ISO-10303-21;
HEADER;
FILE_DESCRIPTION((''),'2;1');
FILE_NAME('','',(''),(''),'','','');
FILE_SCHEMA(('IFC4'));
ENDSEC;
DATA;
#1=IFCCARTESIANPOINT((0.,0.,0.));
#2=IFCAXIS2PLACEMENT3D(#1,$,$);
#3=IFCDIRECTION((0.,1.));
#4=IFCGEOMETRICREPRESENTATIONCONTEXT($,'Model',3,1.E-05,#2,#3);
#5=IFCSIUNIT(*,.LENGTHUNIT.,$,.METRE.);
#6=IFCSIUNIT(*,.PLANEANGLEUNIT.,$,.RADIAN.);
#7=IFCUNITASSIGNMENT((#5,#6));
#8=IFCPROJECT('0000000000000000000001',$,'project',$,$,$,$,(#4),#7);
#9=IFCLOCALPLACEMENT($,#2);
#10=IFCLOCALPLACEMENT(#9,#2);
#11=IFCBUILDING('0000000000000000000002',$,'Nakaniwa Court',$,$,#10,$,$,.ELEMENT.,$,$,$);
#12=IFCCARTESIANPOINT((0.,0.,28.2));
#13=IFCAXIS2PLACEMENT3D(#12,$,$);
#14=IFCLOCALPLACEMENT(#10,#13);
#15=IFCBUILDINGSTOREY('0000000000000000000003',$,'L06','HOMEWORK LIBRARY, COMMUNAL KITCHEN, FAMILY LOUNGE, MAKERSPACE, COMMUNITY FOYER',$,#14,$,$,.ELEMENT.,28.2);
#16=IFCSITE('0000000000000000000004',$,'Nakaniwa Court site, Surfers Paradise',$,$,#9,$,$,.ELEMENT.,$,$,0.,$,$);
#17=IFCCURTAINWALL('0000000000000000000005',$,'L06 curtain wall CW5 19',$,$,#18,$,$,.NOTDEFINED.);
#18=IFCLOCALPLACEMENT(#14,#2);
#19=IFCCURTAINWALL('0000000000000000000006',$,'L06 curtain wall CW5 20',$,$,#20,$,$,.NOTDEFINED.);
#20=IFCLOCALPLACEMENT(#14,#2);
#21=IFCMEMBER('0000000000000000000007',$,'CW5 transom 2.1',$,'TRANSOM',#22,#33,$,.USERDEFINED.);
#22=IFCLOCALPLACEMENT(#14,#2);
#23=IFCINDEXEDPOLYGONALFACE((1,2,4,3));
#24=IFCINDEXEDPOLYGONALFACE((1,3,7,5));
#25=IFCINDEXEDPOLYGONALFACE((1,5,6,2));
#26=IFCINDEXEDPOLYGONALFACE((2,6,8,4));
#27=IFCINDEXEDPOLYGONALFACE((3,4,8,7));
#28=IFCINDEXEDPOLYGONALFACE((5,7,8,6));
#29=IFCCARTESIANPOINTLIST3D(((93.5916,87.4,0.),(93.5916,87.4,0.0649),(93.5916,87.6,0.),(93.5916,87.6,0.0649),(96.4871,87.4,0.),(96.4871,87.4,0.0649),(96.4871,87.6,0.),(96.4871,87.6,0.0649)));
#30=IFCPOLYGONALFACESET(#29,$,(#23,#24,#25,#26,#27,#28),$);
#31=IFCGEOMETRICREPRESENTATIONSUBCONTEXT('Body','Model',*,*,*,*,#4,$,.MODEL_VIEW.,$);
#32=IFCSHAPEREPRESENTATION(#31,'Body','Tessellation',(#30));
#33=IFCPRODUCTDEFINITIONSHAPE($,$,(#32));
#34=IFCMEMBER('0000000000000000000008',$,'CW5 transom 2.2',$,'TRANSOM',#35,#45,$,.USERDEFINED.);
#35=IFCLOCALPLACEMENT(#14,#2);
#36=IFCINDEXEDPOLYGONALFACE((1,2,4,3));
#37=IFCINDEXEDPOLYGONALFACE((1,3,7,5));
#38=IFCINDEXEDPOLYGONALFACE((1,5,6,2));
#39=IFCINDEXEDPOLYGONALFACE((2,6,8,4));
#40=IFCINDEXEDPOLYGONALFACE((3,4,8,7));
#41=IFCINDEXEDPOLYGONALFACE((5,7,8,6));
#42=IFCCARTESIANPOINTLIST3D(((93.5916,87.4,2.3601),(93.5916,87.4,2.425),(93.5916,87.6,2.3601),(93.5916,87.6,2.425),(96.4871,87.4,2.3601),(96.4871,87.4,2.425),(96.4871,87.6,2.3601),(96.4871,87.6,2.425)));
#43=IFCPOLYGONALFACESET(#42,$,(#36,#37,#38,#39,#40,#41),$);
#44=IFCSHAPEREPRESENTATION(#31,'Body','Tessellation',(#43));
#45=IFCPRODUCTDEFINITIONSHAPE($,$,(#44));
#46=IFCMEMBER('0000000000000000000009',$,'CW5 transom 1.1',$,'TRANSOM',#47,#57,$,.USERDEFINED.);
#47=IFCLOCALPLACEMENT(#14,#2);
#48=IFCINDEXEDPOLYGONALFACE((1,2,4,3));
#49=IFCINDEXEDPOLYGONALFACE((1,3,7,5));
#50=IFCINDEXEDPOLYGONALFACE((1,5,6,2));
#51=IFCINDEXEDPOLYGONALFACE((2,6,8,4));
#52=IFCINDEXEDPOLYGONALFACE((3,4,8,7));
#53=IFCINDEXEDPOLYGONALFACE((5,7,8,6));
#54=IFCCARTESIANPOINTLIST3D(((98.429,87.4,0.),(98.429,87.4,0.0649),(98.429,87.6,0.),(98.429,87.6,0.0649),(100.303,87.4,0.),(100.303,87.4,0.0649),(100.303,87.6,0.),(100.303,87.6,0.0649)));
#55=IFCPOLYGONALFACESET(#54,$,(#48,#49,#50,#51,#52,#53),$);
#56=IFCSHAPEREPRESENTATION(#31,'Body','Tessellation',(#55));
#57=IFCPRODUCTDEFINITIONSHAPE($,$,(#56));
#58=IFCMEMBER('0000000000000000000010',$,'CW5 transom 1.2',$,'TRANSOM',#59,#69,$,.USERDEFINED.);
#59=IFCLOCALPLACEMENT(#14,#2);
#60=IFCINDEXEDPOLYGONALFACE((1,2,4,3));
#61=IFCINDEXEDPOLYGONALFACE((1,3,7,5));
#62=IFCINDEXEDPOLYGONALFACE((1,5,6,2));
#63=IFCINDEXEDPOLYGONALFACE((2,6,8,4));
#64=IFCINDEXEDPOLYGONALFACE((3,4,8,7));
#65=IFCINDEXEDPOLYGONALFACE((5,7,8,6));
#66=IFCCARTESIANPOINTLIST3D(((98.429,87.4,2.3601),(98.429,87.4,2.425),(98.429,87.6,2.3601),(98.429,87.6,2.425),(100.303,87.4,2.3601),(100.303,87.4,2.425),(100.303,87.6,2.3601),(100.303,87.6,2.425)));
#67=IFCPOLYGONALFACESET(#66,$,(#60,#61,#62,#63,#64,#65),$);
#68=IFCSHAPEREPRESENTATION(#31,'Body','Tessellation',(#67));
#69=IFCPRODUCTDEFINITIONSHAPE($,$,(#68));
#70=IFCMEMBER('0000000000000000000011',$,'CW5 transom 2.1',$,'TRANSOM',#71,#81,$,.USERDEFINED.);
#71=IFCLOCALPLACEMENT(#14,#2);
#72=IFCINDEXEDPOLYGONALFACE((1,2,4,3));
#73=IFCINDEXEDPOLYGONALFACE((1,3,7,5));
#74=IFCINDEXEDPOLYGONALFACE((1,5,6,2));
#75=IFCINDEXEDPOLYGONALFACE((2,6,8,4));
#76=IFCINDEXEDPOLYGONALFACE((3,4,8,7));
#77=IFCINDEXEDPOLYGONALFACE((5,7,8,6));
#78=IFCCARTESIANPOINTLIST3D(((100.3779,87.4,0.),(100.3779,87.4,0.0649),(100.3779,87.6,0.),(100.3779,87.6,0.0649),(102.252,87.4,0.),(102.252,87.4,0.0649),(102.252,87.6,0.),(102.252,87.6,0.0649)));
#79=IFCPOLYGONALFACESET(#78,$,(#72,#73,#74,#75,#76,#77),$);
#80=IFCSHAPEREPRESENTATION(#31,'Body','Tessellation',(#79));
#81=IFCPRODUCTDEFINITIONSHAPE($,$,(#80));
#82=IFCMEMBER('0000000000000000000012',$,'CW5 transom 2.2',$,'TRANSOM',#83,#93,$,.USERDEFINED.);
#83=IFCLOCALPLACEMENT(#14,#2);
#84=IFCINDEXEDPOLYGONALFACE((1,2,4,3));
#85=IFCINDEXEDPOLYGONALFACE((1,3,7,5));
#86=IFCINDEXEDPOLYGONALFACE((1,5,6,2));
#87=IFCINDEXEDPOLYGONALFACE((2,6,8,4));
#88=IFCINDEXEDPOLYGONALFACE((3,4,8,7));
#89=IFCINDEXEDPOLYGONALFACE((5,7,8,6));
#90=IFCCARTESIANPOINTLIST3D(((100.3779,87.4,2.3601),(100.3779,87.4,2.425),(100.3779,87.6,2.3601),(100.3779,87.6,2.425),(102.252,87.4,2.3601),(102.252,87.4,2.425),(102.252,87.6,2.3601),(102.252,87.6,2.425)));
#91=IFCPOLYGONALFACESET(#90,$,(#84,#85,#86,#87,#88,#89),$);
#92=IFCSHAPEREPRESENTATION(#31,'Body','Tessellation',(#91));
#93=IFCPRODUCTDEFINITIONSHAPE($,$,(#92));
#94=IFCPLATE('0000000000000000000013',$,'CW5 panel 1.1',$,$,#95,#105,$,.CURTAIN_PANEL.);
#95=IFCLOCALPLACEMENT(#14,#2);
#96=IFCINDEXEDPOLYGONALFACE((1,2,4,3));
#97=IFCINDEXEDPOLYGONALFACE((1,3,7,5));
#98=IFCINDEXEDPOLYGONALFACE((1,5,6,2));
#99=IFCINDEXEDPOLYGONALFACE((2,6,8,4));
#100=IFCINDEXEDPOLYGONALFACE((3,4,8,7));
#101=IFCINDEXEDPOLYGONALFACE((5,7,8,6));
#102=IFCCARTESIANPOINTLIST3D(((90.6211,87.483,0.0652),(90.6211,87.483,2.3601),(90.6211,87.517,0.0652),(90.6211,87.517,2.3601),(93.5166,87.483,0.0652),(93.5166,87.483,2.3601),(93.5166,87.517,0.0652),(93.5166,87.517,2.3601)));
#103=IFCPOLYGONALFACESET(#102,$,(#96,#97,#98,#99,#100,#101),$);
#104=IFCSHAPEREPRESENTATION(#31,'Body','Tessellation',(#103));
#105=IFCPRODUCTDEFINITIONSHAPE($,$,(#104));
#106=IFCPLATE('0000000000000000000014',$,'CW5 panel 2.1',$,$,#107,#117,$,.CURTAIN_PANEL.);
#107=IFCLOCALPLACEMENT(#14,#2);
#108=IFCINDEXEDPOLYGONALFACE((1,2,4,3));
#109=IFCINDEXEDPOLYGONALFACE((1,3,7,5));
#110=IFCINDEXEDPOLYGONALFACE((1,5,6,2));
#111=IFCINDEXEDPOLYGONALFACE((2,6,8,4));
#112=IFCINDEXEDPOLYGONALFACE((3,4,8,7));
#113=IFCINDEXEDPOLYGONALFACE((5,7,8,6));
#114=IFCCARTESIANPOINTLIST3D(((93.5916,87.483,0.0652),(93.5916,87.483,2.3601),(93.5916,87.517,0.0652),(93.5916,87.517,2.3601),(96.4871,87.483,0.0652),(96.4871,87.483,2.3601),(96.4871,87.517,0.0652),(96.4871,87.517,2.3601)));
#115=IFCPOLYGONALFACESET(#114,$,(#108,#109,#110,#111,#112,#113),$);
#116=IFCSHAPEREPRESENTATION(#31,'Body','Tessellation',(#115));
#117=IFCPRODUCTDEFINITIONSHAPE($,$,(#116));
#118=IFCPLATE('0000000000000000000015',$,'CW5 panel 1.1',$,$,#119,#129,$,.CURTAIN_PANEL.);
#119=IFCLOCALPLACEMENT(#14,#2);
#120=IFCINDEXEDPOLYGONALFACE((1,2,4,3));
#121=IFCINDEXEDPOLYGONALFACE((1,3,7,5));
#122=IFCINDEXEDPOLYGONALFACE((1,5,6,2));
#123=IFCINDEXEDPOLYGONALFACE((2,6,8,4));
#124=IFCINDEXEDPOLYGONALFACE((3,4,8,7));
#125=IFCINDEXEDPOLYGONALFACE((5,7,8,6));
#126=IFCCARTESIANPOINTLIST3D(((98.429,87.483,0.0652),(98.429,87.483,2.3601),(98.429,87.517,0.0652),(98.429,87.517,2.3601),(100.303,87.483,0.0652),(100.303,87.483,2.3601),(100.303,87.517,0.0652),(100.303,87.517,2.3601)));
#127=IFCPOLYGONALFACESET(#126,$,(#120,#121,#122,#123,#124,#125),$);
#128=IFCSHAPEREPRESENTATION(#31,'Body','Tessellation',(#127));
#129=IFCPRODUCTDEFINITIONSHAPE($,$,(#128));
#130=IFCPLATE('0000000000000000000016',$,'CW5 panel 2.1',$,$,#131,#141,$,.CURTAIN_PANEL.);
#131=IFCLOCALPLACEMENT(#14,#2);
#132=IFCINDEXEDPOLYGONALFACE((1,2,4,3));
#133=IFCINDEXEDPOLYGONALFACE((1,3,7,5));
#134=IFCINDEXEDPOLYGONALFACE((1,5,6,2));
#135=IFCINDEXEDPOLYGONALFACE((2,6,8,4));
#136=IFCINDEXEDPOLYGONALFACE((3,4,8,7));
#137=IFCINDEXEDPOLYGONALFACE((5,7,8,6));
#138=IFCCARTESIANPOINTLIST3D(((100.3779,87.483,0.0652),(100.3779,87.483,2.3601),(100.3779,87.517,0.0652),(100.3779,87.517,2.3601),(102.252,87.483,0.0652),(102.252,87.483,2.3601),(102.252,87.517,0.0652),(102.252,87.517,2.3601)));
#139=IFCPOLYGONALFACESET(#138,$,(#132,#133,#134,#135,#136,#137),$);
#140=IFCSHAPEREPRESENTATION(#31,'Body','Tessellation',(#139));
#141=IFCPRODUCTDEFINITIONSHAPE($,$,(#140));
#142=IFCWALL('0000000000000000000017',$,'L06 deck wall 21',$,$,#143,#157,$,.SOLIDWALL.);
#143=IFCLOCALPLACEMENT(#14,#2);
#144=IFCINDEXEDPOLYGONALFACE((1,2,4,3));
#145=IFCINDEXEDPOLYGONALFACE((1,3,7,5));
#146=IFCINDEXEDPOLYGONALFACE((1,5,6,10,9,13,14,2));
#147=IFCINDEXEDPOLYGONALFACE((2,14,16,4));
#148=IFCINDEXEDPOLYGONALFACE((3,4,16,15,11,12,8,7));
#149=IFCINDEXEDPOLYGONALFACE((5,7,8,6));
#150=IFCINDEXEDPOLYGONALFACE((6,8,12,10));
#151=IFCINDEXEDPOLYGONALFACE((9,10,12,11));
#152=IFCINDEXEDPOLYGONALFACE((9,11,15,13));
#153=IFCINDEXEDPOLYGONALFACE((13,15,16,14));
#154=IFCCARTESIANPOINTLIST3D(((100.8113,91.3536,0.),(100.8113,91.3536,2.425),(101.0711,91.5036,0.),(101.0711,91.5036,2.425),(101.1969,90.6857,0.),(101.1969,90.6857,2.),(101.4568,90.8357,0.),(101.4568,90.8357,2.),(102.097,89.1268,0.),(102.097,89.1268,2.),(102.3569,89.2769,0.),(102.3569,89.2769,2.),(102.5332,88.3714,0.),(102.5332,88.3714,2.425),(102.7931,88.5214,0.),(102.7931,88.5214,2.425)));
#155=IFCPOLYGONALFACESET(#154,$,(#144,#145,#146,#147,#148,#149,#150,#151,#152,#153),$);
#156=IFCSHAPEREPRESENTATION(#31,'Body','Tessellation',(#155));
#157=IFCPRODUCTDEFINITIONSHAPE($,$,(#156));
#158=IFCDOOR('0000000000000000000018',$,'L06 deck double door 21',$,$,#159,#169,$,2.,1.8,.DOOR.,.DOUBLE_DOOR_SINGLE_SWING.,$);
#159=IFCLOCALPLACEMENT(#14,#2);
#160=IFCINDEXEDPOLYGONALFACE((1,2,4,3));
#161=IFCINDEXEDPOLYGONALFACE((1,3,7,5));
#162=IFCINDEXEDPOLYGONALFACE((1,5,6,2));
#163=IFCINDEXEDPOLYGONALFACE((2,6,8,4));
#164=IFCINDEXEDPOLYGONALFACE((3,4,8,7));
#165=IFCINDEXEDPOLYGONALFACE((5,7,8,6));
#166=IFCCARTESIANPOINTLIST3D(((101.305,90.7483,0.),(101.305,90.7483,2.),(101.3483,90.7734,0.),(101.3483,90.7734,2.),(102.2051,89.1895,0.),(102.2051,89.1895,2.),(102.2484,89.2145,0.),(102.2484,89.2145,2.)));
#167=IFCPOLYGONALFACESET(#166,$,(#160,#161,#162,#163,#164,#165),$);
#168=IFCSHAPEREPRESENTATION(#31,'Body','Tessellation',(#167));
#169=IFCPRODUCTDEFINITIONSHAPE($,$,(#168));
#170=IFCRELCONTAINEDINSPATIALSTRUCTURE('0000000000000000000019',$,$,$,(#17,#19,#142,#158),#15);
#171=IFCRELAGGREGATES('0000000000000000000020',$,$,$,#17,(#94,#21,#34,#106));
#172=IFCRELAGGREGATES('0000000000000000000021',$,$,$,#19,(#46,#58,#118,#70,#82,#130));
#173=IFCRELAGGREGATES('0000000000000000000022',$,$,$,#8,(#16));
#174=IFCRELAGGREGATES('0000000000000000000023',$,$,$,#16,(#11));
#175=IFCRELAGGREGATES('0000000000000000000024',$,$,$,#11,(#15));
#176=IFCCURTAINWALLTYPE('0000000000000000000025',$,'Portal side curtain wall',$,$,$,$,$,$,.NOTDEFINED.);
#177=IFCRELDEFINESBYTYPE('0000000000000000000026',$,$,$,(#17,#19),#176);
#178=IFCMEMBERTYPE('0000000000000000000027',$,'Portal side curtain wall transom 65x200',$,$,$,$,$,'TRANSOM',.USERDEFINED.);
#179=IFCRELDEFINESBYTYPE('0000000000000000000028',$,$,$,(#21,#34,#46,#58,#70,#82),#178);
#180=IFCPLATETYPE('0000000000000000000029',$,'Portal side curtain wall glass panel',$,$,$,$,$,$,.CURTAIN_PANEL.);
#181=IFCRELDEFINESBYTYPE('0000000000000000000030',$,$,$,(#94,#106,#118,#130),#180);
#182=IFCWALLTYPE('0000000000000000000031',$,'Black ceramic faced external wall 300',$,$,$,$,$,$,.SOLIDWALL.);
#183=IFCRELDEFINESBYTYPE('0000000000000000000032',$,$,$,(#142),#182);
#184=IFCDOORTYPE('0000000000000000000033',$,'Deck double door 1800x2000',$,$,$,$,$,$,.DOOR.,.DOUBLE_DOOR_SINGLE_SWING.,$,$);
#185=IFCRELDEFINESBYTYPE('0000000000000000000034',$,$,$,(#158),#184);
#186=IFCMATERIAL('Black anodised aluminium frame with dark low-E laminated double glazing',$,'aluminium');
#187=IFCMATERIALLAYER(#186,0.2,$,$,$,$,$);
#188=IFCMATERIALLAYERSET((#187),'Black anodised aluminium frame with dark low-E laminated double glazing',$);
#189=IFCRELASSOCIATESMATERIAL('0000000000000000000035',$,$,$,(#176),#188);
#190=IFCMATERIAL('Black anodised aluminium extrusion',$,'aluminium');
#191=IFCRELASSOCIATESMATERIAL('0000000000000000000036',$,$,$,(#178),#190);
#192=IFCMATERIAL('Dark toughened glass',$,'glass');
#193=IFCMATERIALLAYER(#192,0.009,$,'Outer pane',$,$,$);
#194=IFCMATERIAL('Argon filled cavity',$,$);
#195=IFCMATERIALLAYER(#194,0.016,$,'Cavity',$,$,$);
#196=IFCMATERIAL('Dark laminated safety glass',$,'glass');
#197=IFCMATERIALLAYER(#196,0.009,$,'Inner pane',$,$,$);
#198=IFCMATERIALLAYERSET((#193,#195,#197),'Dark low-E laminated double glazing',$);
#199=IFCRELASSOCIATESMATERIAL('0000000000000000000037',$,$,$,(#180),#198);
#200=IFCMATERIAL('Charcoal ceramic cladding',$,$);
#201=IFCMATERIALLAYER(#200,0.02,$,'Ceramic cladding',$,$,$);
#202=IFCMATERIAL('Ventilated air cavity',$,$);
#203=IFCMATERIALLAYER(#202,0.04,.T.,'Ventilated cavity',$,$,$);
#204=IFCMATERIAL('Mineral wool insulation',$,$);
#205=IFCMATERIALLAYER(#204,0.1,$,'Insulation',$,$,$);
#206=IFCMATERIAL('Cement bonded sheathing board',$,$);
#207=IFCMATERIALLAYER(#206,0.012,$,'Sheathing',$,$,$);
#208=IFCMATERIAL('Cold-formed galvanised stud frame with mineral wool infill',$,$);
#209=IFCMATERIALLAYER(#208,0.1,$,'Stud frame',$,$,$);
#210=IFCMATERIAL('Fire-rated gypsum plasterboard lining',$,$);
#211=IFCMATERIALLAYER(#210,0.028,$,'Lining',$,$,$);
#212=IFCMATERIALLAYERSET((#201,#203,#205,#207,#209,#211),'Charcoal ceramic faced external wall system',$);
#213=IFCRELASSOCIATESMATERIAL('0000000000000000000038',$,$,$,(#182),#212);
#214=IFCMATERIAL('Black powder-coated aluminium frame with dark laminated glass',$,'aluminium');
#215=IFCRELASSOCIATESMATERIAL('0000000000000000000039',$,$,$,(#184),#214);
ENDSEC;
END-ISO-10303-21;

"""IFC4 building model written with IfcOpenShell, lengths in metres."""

from ifc_helpers import new_model, si_unit, direction, frame, frame_2d, origin, origin_2d, place, context, subcontext, project, spatial, rectangle, extrude, material, layer, layer_set, material_profile, profile_set, type_object, element, fill, aggregate, save


model = new_model("IFC4")

# Units and contexts
model_context = context("Model", 3, precision=1e-05, world=origin(), true_north=direction((0.0, 1.0)))
body_context = subcontext(model_context, "Body", "Model", "MODEL_VIEW")
ifc_project = project(units=[si_unit("LENGTHUNIT", "METRE"), si_unit("PLANEANGLEUNIT", "RADIAN")], contexts=[model_context])

# Site, building, storey
site_placement = place(None, origin())
site = spatial("IfcSite", under=ifc_project, at=site_placement, Name="Nakaniwa Court site, Surfers Paradise", CompositionType="ELEMENT", RefElevation=0.0)
building_placement = place(site_placement, origin())
building = spatial("IfcBuilding", under=site, at=building_placement, Name="Nakaniwa Court", CompositionType="ELEMENT")
storey_placement = place(building_placement, frame((0.0, 0.0, 28.2)))
storey = spatial("IfcBuildingStorey", under=building, at=storey_placement, Name="L06", Description="HOMEWORK LIBRARY, COMMUNAL KITCHEN, FAMILY LOUNGE, MAKERSPACE, COMMUNITY FOYER", CompositionType="ELEMENT", Elevation=28.2)

# Curtain walls
ifc_material_1 = material(Name="Black anodised aluminium frame with dark low-E laminated double glazing", Category="aluminium")
ifc_layer_1 = layer(ifc_material_1, 0.2)
ifc_layer_set_1 = layer_set([ifc_layer_1], Name="Black anodised aluminium frame with dark low-E laminated double glazing")
curtain_wall_type = type_object("IfcCurtainWallType", Name="Portal side curtain wall", PredefinedType="NOTDEFINED", material=ifc_layer_set_1)
curtain_wall_1_placement = place(storey_placement, origin())
curtain_wall_1 = element("IfcCurtainWall", 1, at=curtain_wall_1_placement, inside=storey, type_object=curtain_wall_type, Name="L06 curtain wall CW5 19", PredefinedType="NOTDEFINED")
ifc_material_2 = material(Name="Black anodised aluminium extrusion", Category="aluminium")
curtain_wall_2_placement = place(storey_placement, origin())
curtain_wall_2 = element("IfcCurtainWall", 2, at=curtain_wall_2_placement, inside=storey, type_object=curtain_wall_type, Name="L06 curtain wall CW5 20", PredefinedType="NOTDEFINED")

# Members
ifc_material_profile_1 = material_profile(ifc_material_2, rectangle(XDim=0.2, YDim=0.0649, at=origin_2d()), Name="Portal side curtain wall transom 65x200")
ifc_profile_set_1 = profile_set([ifc_material_profile_1], Name="Black anodised aluminium extrusion")
member_type_1 = type_object("IfcMemberType", Name="Portal side curtain wall transom 65x200", ElementType="TRANSOM", PredefinedType="USERDEFINED", material=ifc_profile_set_1)
member_1_placement = place(storey_placement, frame((93.5916, 87.5, 0.0325), z_axis=(1.0, 0.0, 0.0), x_axis=(0.0, 1.0, 0.0)))
member_1 = element("IfcMember", 3, at=member_1_placement, type_object=member_type_1, Name="CW5 transom 2.1", ObjectType="TRANSOM", PredefinedType="USERDEFINED", context=body_context, shape_type="SweptSolid", body=[
    extrude(rectangle(XDim=0.2, YDim=0.0649, at=origin_2d()), origin(), (0.0, 0.0, 1.0), 2.8955),
])
member_2_placement = place(storey_placement, frame((93.5916, 87.5, 2.3926), z_axis=(1.0, 0.0, 0.0), x_axis=(0.0, 1.0, 0.0)))
member_2 = element("IfcMember", 4, at=member_2_placement, type_object=member_type_1, Name="CW5 transom 2.2", ObjectType="TRANSOM", PredefinedType="USERDEFINED", context=body_context, shape_type="SweptSolid", body=[
    extrude(rectangle(XDim=0.2, YDim=0.0649, at=origin_2d()), origin(), (0.0, 0.0, 1.0), 2.8955),
])
member_3_placement = place(storey_placement, frame((98.429, 87.5, 0.0325), z_axis=(1.0, 0.0, 0.0), x_axis=(0.0, 1.0, 0.0)))
member_3 = element("IfcMember", 5, at=member_3_placement, type_object=member_type_1, Name="CW5 transom 1.1", ObjectType="TRANSOM", PredefinedType="USERDEFINED", context=body_context, shape_type="SweptSolid", body=[
    extrude(rectangle(XDim=0.2, YDim=0.0649, at=origin_2d()), origin(), (0.0, 0.0, 1.0), 1.874),
])
member_4_placement = place(storey_placement, frame((98.429, 87.5, 2.3926), z_axis=(1.0, 0.0, 0.0), x_axis=(0.0, 1.0, 0.0)))
member_4 = element("IfcMember", 6, at=member_4_placement, type_object=member_type_1, Name="CW5 transom 1.2", ObjectType="TRANSOM", PredefinedType="USERDEFINED", context=body_context, shape_type="SweptSolid", body=[
    extrude(rectangle(XDim=0.2, YDim=0.0649, at=origin_2d()), origin(), (0.0, 0.0, 1.0), 1.874),
])
member_5_placement = place(storey_placement, frame((100.3779, 87.5, 0.0325), z_axis=(1.0, 0.0, 0.0), x_axis=(0.0, 1.0, 0.0)))
member_5 = element("IfcMember", 7, at=member_5_placement, type_object=member_type_1, Name="CW5 transom 2.1", ObjectType="TRANSOM", PredefinedType="USERDEFINED", context=body_context, shape_type="SweptSolid", body=[
    extrude(rectangle(XDim=0.2, YDim=0.0649, at=origin_2d()), origin(), (0.0, 0.0, 1.0), 1.874),
])
member_6_placement = place(storey_placement, frame((100.3779, 87.5, 2.3926), z_axis=(1.0, 0.0, 0.0), x_axis=(0.0, 1.0, 0.0)))
member_6 = element("IfcMember", 8, at=member_6_placement, type_object=member_type_1, Name="CW5 transom 2.2", ObjectType="TRANSOM", PredefinedType="USERDEFINED", context=body_context, shape_type="SweptSolid", body=[
    extrude(rectangle(XDim=0.2, YDim=0.0649, at=origin_2d()), origin(), (0.0, 0.0, 1.0), 1.874),
])

# Plates
ifc_material_3 = material(Name="Dark toughened glass", Category="glass")
ifc_layer_2 = layer(ifc_material_3, 0.009, Name="Outer pane")
ifc_material_4 = material(Name="Argon filled cavity")
ifc_layer_3 = layer(ifc_material_4, 0.016, Name="Cavity")
ifc_material_5 = material(Name="Dark laminated safety glass", Category="glass")
ifc_layer_4 = layer(ifc_material_5, 0.009, Name="Inner pane")
ifc_layer_set_2 = layer_set([ifc_layer_2, ifc_layer_3, ifc_layer_4], Name="Dark low-E laminated double glazing")
plate_type = type_object("IfcPlateType", Name="Portal side curtain wall glass panel", PredefinedType="CURTAIN_PANEL", material=ifc_layer_set_2)
plate_1_placement = place(storey_placement, frame((92.0688, 87.5, 0.0652), z_axis=(0.0, 0.0, 1.0), x_axis=(1.0, 0.0, 0.0)))
plate_1 = element("IfcPlate", 9, at=plate_1_placement, type_object=plate_type, Name="CW5 panel 1.1", PredefinedType="CURTAIN_PANEL", context=body_context, shape_type="SweptSolid", body=[
    extrude(rectangle(XDim=2.8955, YDim=0.0339, at=origin_2d()), origin(), (0.0, 0.0, 1.0), 2.2949),
])
plate_2_placement = place(storey_placement, frame((95.0393, 87.5, 0.0652), z_axis=(0.0, 0.0, 1.0), x_axis=(1.0, 0.0, 0.0)))
plate_2 = element("IfcPlate", 10, at=plate_2_placement, type_object=plate_type, Name="CW5 panel 2.1", PredefinedType="CURTAIN_PANEL", context=body_context, shape_type="SweptSolid", body=[
    extrude(rectangle(XDim=2.8955, YDim=0.0339, at=origin_2d()), origin(), (0.0, 0.0, 1.0), 2.2949),
])
aggregate(curtain_wall_1, [plate_1, member_1, member_2, plate_2])
plate_3_placement = place(storey_placement, frame((99.366, 87.5, 0.0652), z_axis=(0.0, 0.0, 1.0), x_axis=(1.0, 0.0, 0.0)))
plate_3 = element("IfcPlate", 11, at=plate_3_placement, type_object=plate_type, Name="CW5 panel 1.1", PredefinedType="CURTAIN_PANEL", context=body_context, shape_type="SweptSolid", body=[
    extrude(rectangle(XDim=1.874, YDim=0.0339, at=origin_2d()), origin(), (0.0, 0.0, 1.0), 2.2949),
])
plate_4_placement = place(storey_placement, frame((101.3149, 87.5, 0.0652), z_axis=(0.0, 0.0, 1.0), x_axis=(1.0, 0.0, 0.0)))
plate_4 = element("IfcPlate", 12, at=plate_4_placement, type_object=plate_type, Name="CW5 panel 2.1", PredefinedType="CURTAIN_PANEL", context=body_context, shape_type="SweptSolid", body=[
    extrude(rectangle(XDim=1.874, YDim=0.0339, at=origin_2d()), origin(), (0.0, 0.0, 1.0), 2.2949),
])
aggregate(curtain_wall_2, [member_3, member_4, plate_3, member_5, member_6, plate_4])

# Wall, opening, door
ifc_material_6 = material(Name="Charcoal ceramic cladding")
ifc_layer_5 = layer(ifc_material_6, 0.02, Name="Ceramic cladding")
ifc_material_7 = material(Name="Ventilated air cavity")
ifc_layer_6 = layer(ifc_material_7, 0.04, ventilated=True, Name="Ventilated cavity")
ifc_material_8 = material(Name="Mineral wool insulation")
ifc_layer_7 = layer(ifc_material_8, 0.1, Name="Insulation")
ifc_material_9 = material(Name="Cement bonded sheathing board")
ifc_layer_8 = layer(ifc_material_9, 0.012, Name="Sheathing")
ifc_material_10 = material(Name="Cold-formed galvanised stud frame with mineral wool infill")
ifc_layer_9 = layer(ifc_material_10, 0.1, Name="Stud frame")
ifc_material_11 = material(Name="Fire-rated gypsum plasterboard lining")
ifc_layer_10 = layer(ifc_material_11, 0.028, Name="Lining")
ifc_layer_set_3 = layer_set([ifc_layer_5, ifc_layer_6, ifc_layer_7, ifc_layer_8, ifc_layer_9, ifc_layer_10], Name="Charcoal ceramic faced external wall system")
wall_type_1 = type_object("IfcWallType", Name="Black ceramic faced external wall 300", PredefinedType="SOLIDWALL", material=ifc_layer_set_3)
wall_1_placement = place(storey_placement, frame((102.6631, 88.4465, 0.0), z_axis=(0.0, 0.0, 1.0), x_axis=(-0.500035, 0.866005, 0.0)))
wall_1 = element("IfcWall", 13, at=wall_1_placement, inside=storey, type_object=wall_type_1, Name="L06 deck wall 21", PredefinedType="SOLIDWALL", context=body_context, shape_type="SweptSolid", body=[
    extrude(rectangle(XDim=3.4436, YDim=0.3, at=frame_2d((1.7217, 0.0))), origin(), (0.0, 0.0, 1.0), 2.425),
])
opening_1_placement = place(wall_1_placement, frame((0.8723, 0.0, 0.0)))
opening_1 = element("IfcOpeningElement", 14, at=opening_1_placement, cuts=wall_1, PredefinedType="OPENING", context=body_context, shape_type="SweptSolid", body=[
    extrude(rectangle(XDim=1.8, YDim=2.0, at=frame_2d((0.8999, 1.0))), frame((0.0, 0.1599, 0.0), z_axis=(0.0, -1.0, 0.0), x_axis=(1.0, 0.0, 0.0)), (0.0, 0.0, 1.0), 0.3201),
])
ifc_material_12 = material(Name="Black powder-coated aluminium frame with dark laminated glass", Category="aluminium")
door_type_1 = type_object("IfcDoorType", Name="Deck double door 1800x2000", OperationType="DOUBLE_DOOR_SINGLE_SWING", PredefinedType="DOOR", material=ifc_material_12)
door_1_placement = place(opening_1_placement, frame((1.8, 0.0, 0.0), z_axis=(0.0, 0.0, 1.0), x_axis=(-1.0, 0.0, 0.0)))
door_1 = element("IfcDoor", 15, at=door_1_placement, inside=storey, type_object=door_type_1, Name="L06 deck double door 21", OperationType="DOUBLE_DOOR_SINGLE_SWING", OverallHeight=2.0, OverallWidth=1.8, PredefinedType="DOOR", context=body_context, shape_type="SweptSolid", body=[
    extrude(rectangle(XDim=1.8, YDim=2.0, at=frame_2d((0.8999, 1.0))), frame((0.0, 0.0249, 0.0), z_axis=(0.0, -1.0, 0.0), x_axis=(1.0, 0.0, 0.0)), (0.0, 0.0, 1.0), 0.05),
])
fill(opening_1, door_1)

save(model, "model.ifc")
